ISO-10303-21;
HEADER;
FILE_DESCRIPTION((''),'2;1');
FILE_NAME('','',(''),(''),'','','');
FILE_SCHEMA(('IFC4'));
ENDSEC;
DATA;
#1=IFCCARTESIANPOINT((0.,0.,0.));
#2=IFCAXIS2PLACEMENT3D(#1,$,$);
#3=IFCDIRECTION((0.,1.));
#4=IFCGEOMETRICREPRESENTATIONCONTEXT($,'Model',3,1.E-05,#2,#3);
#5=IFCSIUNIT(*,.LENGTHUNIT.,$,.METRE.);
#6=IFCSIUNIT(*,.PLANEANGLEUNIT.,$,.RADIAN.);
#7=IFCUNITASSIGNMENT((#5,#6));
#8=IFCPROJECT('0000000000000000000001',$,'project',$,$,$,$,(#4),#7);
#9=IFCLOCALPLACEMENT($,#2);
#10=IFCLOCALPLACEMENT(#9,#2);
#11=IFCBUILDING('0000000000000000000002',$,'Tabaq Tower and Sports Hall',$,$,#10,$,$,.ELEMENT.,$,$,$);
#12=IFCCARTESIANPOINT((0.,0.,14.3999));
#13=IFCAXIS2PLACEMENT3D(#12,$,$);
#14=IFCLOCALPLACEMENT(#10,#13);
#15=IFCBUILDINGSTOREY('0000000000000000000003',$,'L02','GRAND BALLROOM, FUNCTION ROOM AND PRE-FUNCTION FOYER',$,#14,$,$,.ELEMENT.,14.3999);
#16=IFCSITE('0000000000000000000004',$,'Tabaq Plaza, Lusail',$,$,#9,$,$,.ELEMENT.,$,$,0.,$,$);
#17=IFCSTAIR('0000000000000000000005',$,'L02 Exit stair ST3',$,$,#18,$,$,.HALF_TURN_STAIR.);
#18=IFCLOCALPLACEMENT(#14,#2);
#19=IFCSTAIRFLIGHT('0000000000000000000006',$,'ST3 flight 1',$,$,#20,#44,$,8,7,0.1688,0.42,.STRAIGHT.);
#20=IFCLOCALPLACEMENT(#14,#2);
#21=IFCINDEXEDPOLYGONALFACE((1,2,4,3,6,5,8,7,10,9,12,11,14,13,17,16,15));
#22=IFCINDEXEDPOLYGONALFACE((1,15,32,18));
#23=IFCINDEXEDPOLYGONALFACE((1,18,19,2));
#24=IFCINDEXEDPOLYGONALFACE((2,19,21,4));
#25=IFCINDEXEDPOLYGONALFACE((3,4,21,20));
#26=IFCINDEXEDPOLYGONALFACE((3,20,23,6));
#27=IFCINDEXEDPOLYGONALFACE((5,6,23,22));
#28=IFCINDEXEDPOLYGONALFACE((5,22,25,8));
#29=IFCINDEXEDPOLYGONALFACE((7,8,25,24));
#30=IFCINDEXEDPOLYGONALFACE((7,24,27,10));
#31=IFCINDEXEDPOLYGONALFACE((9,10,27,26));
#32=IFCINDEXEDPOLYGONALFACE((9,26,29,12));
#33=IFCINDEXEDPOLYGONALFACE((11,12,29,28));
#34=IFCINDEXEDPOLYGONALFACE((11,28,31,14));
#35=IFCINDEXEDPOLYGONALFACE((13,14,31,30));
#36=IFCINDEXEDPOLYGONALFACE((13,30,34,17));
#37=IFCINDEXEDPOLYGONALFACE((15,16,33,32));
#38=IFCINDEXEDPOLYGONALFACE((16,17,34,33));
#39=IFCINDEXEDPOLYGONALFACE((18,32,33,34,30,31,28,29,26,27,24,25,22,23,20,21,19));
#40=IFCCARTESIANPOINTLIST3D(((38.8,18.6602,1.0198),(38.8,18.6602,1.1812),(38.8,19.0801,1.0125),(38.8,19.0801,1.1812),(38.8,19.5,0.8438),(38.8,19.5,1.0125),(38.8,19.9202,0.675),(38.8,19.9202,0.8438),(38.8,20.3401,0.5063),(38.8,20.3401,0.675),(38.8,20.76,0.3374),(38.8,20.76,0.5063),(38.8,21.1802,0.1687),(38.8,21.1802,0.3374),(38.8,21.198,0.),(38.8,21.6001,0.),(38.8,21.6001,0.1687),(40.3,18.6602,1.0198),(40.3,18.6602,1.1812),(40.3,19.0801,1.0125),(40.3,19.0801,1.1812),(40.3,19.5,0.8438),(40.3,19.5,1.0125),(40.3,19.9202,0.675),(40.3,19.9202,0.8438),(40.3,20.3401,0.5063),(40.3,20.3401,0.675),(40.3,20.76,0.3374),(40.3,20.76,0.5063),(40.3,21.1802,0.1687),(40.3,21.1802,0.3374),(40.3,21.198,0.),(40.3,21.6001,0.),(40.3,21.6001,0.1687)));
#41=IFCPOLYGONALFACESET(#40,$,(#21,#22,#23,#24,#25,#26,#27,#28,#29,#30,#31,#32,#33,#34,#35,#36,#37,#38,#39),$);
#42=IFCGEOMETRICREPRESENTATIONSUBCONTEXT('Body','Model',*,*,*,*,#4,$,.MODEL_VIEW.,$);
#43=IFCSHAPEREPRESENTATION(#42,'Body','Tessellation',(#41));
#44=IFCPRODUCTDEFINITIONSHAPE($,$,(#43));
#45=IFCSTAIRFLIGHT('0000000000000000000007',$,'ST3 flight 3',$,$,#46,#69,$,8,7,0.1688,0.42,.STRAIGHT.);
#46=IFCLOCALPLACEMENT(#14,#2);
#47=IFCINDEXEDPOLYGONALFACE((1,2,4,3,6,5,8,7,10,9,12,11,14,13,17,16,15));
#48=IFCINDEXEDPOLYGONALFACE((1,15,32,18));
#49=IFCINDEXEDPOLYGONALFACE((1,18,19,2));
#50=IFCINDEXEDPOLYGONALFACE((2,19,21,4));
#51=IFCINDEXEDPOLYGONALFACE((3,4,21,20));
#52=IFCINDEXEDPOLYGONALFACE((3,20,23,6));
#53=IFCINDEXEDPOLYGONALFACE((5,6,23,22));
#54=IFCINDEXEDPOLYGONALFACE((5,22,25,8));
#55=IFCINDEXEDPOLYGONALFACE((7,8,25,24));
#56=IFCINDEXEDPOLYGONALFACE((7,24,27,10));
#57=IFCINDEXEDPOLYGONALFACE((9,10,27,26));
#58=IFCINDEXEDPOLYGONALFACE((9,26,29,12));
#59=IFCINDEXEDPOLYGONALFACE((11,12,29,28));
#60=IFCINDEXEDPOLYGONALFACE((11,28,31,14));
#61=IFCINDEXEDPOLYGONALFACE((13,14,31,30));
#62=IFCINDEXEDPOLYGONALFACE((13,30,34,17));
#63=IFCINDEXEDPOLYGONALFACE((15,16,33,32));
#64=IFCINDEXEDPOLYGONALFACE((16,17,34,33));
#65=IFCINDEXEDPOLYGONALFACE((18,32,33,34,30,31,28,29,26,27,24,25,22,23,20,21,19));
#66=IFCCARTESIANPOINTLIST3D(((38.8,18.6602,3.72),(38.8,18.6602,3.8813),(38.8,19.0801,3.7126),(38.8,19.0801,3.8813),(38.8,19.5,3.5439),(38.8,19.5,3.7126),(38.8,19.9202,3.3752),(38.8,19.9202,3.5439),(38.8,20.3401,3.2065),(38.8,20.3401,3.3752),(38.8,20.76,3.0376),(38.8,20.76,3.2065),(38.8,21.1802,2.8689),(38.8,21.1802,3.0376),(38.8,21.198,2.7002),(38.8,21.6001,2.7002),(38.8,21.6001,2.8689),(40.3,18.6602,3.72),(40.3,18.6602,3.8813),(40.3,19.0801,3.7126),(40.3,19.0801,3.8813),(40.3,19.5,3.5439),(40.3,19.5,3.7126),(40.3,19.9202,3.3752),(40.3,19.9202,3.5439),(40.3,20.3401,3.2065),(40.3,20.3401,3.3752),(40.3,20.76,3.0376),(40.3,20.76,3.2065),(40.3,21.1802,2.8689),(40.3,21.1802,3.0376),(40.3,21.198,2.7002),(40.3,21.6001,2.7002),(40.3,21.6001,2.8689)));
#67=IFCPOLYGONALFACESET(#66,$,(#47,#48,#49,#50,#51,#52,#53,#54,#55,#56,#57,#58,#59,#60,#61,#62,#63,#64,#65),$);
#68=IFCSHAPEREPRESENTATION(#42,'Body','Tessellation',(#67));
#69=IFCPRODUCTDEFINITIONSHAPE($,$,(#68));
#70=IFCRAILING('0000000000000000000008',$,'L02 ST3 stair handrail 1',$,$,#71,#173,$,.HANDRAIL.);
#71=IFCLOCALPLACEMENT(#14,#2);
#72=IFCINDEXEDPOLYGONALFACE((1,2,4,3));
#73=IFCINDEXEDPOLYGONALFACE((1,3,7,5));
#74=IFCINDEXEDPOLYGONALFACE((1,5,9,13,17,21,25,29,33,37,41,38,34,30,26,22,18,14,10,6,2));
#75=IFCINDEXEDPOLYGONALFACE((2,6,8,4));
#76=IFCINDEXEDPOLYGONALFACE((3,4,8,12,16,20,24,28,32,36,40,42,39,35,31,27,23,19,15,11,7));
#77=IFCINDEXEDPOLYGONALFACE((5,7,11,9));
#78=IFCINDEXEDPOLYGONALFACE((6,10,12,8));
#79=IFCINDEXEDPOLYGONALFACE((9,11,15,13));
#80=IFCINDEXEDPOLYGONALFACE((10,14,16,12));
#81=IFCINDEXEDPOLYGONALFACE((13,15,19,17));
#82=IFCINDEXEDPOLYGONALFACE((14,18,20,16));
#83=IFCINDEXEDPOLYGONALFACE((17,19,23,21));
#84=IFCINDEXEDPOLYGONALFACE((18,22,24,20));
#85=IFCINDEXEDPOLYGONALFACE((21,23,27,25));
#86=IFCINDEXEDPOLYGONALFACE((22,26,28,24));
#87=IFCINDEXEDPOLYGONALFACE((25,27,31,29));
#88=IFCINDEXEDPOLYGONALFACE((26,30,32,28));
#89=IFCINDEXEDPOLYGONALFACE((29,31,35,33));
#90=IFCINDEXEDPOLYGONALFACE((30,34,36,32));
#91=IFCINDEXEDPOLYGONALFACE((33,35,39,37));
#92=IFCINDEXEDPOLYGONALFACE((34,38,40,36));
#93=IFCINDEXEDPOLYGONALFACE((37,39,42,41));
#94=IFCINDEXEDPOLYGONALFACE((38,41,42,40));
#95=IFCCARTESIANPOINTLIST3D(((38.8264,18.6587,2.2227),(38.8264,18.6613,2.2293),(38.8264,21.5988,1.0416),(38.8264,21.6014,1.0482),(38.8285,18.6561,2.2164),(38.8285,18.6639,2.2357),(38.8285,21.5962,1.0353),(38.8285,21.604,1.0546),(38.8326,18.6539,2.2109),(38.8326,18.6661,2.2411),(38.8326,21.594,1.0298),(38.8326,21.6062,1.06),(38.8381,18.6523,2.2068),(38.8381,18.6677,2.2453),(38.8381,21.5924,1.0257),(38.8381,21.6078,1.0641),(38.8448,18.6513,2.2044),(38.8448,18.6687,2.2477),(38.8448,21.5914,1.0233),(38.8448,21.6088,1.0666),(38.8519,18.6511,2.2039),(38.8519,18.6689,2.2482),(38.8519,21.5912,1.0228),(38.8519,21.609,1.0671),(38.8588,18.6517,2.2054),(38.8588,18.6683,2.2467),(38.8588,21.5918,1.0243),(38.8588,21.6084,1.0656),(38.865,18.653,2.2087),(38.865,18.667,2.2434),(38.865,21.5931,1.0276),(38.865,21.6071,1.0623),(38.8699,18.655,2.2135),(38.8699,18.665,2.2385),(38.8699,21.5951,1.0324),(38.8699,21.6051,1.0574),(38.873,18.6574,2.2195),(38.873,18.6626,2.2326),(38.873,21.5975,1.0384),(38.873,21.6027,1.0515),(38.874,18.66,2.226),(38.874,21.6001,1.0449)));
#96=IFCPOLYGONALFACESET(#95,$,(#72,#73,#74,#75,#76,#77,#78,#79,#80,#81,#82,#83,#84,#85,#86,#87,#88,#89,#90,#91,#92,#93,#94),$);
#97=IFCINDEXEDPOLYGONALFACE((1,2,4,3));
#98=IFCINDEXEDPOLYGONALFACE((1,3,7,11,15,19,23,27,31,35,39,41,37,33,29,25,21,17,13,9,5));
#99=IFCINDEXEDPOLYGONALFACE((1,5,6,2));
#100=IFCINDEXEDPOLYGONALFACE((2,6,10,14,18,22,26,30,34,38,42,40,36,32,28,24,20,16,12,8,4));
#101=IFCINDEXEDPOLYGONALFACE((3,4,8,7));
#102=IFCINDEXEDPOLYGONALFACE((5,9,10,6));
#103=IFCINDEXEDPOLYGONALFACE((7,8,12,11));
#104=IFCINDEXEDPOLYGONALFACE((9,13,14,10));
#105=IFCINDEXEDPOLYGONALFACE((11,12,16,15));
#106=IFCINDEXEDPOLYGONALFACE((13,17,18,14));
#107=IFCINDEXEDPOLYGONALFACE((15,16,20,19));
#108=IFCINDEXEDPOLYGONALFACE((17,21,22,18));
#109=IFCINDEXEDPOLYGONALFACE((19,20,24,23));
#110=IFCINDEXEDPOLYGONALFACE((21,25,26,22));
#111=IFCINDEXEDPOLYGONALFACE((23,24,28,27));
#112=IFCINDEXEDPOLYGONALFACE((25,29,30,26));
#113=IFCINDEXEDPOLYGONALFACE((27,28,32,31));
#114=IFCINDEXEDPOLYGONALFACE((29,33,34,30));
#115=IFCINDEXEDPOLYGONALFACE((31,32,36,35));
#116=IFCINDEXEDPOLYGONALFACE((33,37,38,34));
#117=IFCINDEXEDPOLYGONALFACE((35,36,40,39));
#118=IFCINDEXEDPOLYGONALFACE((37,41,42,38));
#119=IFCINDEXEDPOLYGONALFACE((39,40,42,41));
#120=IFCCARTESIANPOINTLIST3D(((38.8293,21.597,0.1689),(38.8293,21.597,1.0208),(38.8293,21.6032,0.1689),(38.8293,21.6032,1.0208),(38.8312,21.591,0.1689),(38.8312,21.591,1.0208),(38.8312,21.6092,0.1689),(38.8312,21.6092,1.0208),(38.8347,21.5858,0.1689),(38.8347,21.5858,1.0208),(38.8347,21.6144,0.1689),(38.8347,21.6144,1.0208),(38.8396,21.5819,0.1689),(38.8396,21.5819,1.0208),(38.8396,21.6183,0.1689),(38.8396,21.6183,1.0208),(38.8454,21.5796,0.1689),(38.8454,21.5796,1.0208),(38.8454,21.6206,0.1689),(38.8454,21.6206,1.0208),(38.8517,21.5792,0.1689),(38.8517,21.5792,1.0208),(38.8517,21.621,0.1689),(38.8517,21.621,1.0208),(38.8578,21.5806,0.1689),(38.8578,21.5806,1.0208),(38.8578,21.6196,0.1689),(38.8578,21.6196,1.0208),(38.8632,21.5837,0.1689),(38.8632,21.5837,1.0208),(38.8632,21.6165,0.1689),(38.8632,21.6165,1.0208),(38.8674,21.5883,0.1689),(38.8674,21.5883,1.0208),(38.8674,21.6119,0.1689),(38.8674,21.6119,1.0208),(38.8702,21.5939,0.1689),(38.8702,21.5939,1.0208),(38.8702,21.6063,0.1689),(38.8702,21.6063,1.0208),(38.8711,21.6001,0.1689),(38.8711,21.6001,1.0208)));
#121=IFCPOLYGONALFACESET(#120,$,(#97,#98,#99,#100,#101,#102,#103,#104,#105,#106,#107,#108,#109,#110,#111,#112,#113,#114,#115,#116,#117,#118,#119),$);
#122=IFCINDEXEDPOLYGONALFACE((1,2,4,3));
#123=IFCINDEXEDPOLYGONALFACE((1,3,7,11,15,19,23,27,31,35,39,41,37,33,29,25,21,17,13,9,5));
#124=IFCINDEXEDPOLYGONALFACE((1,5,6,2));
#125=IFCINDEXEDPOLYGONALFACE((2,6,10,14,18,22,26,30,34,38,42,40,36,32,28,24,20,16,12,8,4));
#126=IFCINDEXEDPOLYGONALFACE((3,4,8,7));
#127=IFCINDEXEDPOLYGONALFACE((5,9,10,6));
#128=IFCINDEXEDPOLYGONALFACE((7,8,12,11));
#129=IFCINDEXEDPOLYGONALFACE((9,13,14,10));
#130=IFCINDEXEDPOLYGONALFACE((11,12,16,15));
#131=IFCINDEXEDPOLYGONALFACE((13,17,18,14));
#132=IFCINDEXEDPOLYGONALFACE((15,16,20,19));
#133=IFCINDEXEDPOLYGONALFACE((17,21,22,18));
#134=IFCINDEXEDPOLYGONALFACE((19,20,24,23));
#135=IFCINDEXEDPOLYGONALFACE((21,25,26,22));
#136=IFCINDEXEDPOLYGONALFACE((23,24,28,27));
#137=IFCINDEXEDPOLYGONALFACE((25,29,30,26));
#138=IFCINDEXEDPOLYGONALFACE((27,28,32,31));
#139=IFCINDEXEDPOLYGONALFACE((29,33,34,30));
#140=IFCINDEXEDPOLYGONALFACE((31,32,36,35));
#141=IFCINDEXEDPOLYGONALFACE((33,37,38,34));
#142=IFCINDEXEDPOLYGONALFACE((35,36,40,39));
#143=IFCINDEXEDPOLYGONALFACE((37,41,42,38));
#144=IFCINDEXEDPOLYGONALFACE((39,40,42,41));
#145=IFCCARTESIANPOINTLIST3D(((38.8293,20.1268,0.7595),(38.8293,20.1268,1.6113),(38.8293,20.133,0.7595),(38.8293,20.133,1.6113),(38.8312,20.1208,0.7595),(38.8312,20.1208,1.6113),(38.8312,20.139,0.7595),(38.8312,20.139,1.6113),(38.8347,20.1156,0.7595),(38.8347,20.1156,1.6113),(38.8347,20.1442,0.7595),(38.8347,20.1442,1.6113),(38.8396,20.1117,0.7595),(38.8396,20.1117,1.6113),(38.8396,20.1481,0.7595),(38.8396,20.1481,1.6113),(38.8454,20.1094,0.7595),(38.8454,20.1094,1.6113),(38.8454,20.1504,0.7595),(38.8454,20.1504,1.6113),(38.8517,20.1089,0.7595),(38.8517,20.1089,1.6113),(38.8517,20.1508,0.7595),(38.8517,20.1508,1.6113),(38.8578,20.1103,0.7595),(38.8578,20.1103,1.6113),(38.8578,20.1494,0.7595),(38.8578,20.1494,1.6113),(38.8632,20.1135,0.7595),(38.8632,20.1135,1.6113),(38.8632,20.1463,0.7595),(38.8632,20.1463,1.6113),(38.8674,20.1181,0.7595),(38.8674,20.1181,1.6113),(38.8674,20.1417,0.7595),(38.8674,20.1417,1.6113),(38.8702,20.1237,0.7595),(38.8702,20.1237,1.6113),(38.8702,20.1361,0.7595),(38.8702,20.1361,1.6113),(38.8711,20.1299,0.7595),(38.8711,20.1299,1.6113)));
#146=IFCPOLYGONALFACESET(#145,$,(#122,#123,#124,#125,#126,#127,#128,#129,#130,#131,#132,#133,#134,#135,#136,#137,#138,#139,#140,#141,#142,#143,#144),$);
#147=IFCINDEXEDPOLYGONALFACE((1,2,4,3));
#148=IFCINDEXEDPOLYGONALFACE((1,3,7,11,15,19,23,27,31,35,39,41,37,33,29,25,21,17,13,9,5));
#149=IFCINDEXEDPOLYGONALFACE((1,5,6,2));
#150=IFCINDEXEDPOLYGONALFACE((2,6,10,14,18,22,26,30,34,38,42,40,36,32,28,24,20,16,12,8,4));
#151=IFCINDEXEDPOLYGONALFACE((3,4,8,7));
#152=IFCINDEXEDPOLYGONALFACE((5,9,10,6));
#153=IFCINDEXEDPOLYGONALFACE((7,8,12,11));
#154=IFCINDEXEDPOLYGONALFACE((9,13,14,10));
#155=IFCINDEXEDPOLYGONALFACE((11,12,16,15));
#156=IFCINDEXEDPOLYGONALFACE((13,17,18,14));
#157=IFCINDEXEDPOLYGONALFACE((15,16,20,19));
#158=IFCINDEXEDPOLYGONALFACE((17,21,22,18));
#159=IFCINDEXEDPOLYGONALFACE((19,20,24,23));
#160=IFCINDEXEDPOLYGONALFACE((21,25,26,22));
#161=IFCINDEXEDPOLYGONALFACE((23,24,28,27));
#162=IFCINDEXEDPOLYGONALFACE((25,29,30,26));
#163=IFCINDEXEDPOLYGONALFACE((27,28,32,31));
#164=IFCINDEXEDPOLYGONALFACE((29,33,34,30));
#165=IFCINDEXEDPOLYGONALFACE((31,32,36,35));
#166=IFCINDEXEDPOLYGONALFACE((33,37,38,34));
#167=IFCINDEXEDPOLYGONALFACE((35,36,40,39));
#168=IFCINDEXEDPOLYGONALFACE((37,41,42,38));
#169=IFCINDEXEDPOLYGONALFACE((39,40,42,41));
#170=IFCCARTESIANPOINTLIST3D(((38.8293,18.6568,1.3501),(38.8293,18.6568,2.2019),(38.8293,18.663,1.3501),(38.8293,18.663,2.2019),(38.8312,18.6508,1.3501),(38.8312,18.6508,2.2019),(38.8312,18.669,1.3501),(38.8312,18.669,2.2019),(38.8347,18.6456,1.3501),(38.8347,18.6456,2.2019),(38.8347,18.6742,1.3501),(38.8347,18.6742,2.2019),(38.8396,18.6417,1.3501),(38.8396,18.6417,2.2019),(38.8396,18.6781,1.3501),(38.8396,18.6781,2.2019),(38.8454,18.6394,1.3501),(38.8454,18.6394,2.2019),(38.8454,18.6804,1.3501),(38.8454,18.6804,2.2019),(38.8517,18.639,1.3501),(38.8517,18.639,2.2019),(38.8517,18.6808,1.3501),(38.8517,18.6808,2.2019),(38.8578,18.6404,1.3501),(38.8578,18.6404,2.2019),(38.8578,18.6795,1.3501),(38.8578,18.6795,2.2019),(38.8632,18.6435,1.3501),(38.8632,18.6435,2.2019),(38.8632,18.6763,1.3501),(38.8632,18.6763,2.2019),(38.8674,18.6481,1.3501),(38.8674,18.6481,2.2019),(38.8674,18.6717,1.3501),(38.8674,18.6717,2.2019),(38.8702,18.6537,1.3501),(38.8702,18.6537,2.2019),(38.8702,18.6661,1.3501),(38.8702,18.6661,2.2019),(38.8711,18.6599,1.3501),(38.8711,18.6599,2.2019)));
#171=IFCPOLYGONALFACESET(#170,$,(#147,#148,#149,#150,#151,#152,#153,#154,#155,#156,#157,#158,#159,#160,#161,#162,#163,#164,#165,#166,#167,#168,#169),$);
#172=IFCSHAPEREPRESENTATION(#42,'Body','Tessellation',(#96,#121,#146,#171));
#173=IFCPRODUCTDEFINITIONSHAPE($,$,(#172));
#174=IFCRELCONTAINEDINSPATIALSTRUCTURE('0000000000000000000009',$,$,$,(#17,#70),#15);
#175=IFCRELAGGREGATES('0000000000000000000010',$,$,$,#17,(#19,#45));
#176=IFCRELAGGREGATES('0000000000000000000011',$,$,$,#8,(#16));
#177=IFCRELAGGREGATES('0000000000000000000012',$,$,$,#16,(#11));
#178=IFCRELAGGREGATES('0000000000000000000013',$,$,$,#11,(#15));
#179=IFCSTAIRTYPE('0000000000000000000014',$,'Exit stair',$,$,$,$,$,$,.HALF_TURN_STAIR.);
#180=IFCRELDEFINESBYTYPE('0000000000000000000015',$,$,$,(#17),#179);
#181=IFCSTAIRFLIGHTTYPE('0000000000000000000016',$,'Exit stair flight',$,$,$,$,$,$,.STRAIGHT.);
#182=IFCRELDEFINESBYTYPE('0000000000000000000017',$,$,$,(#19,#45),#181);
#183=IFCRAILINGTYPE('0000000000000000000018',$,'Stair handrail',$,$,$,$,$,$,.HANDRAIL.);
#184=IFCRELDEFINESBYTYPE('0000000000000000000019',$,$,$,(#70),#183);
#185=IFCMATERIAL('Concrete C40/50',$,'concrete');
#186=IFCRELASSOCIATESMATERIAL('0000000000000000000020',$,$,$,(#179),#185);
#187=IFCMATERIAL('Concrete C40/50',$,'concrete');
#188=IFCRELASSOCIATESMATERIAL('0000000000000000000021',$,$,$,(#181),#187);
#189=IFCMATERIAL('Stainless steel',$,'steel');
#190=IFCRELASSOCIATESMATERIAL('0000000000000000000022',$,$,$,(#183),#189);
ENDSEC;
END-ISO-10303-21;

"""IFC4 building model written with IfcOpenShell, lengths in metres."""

from ifc_helpers import new_model, si_unit, direction, frame, origin, origin_2d, place, context, subcontext, project, spatial, polyline, circle, outline, extrude, material, type_object, element, aggregate, save


model = new_model("IFC4")

# Units and contexts
model_context = context("Model", 3, precision=1e-05, world=origin(), true_north=direction((0.0, 1.0)))
body_context = subcontext(model_context, "Body", "Model", "MODEL_VIEW")
ifc_project = project(units=[si_unit("LENGTHUNIT", "METRE"), si_unit("PLANEANGLEUNIT", "RADIAN")], contexts=[model_context])

# Site, building, storey
site_placement = place(None, origin())
site = spatial("IfcSite", under=ifc_project, at=site_placement, Name="Tabaq Plaza, Lusail", CompositionType="ELEMENT", RefElevation=0.0)
building_placement = place(site_placement, origin())
building = spatial("IfcBuilding", under=site, at=building_placement, Name="Tabaq Tower and Sports Hall", CompositionType="ELEMENT")
storey_placement = place(building_placement, frame((0.0, 0.0, 14.3999)))
storey = spatial("IfcBuildingStorey", under=building, at=storey_placement, Name="L02", Description="GRAND BALLROOM, FUNCTION ROOM AND PRE-FUNCTION FOYER", CompositionType="ELEMENT", Elevation=14.3999)

# Stair, stair flights
ifc_material_1 = material(Name="Concrete C40/50", Category="concrete")
stair_type = type_object("IfcStairType", Name="Exit stair", PredefinedType="HALF_TURN_STAIR", material=ifc_material_1)
stair_placement = place(storey_placement, origin())
stair = element("IfcStair", 1, at=stair_placement, inside=storey, type_object=stair_type, Name="L02 Exit stair ST3", PredefinedType="HALF_TURN_STAIR")
ifc_material_2 = material(Name="Concrete C40/50", Category="concrete")
stair_flight_type = type_object("IfcStairFlightType", Name="Exit stair flight", PredefinedType="STRAIGHT", material=ifc_material_2)
stair_flight_1_placement = place(storey_placement, frame((39.55, 21.6001, 0.0), z_axis=(0.0, 0.0, 1.0), x_axis=(0.0, -1.0, 0.0)))
stair_flight_1 = element("IfcStairFlight", 2, at=stair_flight_1_placement, type_object=stair_flight_type, Name="ST3 flight 1", NumberOfRisers=8, NumberOfTreads=7, PredefinedType="STRAIGHT", RiserHeight=0.1688, TreadLength=0.42, context=body_context, shape_type="SweptSolid", body=[
    extrude(outline(polyline([(0.0, 0.0), (0.0, 0.1687), (0.4199, 0.1687), (0.4199, 0.3374), (0.8401, 0.3374), (0.8401, 0.5063), (1.26, 0.5063), (1.26, 0.675), (1.6799, 0.675), (1.6799, 0.8438), (2.1001, 0.8438), (2.1001, 1.0125), (2.52, 1.0125), (2.52, 1.1812), (2.9399, 1.1812), (2.9399, 1.3501), (2.9399, 1.0198), (0.4021, 0.0), (0.0, 0.0)])), frame((0.0, 0.75, 0.0), z_axis=(0.0, -1.0, 0.0), x_axis=(1.0, 0.0, 0.0)), (0.0, 0.0, 1.0), 1.5),
])
stair_flight_2_placement = place(storey_placement, frame((39.55, 21.6001, 2.7002), z_axis=(0.0, 0.0, 1.0), x_axis=(0.0, -1.0, 0.0)))
stair_flight_2 = element("IfcStairFlight", 3, at=stair_flight_2_placement, type_object=stair_flight_type, Name="ST3 flight 3", NumberOfRisers=8, NumberOfTreads=7, PredefinedType="STRAIGHT", RiserHeight=0.1688, TreadLength=0.42, context=body_context, shape_type="SweptSolid", body=[
    extrude(outline(polyline([(0.0, 0.0), (0.0, 0.1687), (0.4199, 0.1687), (0.4199, 0.3374), (0.8401, 0.3374), (0.8401, 0.5063), (1.26, 0.5063), (1.26, 0.675), (1.6799, 0.675), (1.6799, 0.8438), (2.1001, 0.8438), (2.1001, 1.0125), (2.52, 1.0125), (2.52, 1.1812), (2.9399, 1.1812), (2.9399, 1.3501), (2.9399, 1.0198), (0.4021, 0.0), (0.0, 0.0)])), frame((0.0, 0.75, 0.0), z_axis=(0.0, -1.0, 0.0), x_axis=(1.0, 0.0, 0.0)), (0.0, 0.0, 1.0), 1.5),
])
aggregate(stair, [stair_flight_1, stair_flight_2])

# Railing
ifc_material_3 = material(Name="Stainless steel", Category="steel")
railing_type = type_object("IfcRailingType", Name="Stair handrail", PredefinedType="HANDRAIL", material=ifc_material_3)
for number, where, name in (
    (4, (38.8501, 21.6001, 0.1689), "L02 ST3 stair handrail 1"),
):
    element("IfcRailing", number, at=place(storey_placement, frame(where)), inside=storey, type_object=railing_type, Name=name, PredefinedType="HANDRAIL", context=body_context, shape_type="SweptSolid", body=[
        extrude(circle(Radius=0.0239, at=origin_2d()), frame((0.0, 0.0, 0.876), z_axis=(0.0, -0.927923, 0.372772), x_axis=(1.0, 0.0, 0.0)), (0.0, 0.0, 1.0), 3.1685),
        extrude(circle(Radius=0.021, at=origin_2d()), origin(), (0.0, 0.0, 1.0), 0.8518),
        extrude(circle(Radius=0.021, at=origin_2d()), frame((0.0, -1.4702, 0.5906)), (0.0, 0.0, 1.0), 0.8518),
        extrude(circle(Radius=0.021, at=origin_2d()), frame((0.0, -2.9402, 1.1812)), (0.0, 0.0, 1.0), 0.8518),
    ])

save(model, "model.ifc")
